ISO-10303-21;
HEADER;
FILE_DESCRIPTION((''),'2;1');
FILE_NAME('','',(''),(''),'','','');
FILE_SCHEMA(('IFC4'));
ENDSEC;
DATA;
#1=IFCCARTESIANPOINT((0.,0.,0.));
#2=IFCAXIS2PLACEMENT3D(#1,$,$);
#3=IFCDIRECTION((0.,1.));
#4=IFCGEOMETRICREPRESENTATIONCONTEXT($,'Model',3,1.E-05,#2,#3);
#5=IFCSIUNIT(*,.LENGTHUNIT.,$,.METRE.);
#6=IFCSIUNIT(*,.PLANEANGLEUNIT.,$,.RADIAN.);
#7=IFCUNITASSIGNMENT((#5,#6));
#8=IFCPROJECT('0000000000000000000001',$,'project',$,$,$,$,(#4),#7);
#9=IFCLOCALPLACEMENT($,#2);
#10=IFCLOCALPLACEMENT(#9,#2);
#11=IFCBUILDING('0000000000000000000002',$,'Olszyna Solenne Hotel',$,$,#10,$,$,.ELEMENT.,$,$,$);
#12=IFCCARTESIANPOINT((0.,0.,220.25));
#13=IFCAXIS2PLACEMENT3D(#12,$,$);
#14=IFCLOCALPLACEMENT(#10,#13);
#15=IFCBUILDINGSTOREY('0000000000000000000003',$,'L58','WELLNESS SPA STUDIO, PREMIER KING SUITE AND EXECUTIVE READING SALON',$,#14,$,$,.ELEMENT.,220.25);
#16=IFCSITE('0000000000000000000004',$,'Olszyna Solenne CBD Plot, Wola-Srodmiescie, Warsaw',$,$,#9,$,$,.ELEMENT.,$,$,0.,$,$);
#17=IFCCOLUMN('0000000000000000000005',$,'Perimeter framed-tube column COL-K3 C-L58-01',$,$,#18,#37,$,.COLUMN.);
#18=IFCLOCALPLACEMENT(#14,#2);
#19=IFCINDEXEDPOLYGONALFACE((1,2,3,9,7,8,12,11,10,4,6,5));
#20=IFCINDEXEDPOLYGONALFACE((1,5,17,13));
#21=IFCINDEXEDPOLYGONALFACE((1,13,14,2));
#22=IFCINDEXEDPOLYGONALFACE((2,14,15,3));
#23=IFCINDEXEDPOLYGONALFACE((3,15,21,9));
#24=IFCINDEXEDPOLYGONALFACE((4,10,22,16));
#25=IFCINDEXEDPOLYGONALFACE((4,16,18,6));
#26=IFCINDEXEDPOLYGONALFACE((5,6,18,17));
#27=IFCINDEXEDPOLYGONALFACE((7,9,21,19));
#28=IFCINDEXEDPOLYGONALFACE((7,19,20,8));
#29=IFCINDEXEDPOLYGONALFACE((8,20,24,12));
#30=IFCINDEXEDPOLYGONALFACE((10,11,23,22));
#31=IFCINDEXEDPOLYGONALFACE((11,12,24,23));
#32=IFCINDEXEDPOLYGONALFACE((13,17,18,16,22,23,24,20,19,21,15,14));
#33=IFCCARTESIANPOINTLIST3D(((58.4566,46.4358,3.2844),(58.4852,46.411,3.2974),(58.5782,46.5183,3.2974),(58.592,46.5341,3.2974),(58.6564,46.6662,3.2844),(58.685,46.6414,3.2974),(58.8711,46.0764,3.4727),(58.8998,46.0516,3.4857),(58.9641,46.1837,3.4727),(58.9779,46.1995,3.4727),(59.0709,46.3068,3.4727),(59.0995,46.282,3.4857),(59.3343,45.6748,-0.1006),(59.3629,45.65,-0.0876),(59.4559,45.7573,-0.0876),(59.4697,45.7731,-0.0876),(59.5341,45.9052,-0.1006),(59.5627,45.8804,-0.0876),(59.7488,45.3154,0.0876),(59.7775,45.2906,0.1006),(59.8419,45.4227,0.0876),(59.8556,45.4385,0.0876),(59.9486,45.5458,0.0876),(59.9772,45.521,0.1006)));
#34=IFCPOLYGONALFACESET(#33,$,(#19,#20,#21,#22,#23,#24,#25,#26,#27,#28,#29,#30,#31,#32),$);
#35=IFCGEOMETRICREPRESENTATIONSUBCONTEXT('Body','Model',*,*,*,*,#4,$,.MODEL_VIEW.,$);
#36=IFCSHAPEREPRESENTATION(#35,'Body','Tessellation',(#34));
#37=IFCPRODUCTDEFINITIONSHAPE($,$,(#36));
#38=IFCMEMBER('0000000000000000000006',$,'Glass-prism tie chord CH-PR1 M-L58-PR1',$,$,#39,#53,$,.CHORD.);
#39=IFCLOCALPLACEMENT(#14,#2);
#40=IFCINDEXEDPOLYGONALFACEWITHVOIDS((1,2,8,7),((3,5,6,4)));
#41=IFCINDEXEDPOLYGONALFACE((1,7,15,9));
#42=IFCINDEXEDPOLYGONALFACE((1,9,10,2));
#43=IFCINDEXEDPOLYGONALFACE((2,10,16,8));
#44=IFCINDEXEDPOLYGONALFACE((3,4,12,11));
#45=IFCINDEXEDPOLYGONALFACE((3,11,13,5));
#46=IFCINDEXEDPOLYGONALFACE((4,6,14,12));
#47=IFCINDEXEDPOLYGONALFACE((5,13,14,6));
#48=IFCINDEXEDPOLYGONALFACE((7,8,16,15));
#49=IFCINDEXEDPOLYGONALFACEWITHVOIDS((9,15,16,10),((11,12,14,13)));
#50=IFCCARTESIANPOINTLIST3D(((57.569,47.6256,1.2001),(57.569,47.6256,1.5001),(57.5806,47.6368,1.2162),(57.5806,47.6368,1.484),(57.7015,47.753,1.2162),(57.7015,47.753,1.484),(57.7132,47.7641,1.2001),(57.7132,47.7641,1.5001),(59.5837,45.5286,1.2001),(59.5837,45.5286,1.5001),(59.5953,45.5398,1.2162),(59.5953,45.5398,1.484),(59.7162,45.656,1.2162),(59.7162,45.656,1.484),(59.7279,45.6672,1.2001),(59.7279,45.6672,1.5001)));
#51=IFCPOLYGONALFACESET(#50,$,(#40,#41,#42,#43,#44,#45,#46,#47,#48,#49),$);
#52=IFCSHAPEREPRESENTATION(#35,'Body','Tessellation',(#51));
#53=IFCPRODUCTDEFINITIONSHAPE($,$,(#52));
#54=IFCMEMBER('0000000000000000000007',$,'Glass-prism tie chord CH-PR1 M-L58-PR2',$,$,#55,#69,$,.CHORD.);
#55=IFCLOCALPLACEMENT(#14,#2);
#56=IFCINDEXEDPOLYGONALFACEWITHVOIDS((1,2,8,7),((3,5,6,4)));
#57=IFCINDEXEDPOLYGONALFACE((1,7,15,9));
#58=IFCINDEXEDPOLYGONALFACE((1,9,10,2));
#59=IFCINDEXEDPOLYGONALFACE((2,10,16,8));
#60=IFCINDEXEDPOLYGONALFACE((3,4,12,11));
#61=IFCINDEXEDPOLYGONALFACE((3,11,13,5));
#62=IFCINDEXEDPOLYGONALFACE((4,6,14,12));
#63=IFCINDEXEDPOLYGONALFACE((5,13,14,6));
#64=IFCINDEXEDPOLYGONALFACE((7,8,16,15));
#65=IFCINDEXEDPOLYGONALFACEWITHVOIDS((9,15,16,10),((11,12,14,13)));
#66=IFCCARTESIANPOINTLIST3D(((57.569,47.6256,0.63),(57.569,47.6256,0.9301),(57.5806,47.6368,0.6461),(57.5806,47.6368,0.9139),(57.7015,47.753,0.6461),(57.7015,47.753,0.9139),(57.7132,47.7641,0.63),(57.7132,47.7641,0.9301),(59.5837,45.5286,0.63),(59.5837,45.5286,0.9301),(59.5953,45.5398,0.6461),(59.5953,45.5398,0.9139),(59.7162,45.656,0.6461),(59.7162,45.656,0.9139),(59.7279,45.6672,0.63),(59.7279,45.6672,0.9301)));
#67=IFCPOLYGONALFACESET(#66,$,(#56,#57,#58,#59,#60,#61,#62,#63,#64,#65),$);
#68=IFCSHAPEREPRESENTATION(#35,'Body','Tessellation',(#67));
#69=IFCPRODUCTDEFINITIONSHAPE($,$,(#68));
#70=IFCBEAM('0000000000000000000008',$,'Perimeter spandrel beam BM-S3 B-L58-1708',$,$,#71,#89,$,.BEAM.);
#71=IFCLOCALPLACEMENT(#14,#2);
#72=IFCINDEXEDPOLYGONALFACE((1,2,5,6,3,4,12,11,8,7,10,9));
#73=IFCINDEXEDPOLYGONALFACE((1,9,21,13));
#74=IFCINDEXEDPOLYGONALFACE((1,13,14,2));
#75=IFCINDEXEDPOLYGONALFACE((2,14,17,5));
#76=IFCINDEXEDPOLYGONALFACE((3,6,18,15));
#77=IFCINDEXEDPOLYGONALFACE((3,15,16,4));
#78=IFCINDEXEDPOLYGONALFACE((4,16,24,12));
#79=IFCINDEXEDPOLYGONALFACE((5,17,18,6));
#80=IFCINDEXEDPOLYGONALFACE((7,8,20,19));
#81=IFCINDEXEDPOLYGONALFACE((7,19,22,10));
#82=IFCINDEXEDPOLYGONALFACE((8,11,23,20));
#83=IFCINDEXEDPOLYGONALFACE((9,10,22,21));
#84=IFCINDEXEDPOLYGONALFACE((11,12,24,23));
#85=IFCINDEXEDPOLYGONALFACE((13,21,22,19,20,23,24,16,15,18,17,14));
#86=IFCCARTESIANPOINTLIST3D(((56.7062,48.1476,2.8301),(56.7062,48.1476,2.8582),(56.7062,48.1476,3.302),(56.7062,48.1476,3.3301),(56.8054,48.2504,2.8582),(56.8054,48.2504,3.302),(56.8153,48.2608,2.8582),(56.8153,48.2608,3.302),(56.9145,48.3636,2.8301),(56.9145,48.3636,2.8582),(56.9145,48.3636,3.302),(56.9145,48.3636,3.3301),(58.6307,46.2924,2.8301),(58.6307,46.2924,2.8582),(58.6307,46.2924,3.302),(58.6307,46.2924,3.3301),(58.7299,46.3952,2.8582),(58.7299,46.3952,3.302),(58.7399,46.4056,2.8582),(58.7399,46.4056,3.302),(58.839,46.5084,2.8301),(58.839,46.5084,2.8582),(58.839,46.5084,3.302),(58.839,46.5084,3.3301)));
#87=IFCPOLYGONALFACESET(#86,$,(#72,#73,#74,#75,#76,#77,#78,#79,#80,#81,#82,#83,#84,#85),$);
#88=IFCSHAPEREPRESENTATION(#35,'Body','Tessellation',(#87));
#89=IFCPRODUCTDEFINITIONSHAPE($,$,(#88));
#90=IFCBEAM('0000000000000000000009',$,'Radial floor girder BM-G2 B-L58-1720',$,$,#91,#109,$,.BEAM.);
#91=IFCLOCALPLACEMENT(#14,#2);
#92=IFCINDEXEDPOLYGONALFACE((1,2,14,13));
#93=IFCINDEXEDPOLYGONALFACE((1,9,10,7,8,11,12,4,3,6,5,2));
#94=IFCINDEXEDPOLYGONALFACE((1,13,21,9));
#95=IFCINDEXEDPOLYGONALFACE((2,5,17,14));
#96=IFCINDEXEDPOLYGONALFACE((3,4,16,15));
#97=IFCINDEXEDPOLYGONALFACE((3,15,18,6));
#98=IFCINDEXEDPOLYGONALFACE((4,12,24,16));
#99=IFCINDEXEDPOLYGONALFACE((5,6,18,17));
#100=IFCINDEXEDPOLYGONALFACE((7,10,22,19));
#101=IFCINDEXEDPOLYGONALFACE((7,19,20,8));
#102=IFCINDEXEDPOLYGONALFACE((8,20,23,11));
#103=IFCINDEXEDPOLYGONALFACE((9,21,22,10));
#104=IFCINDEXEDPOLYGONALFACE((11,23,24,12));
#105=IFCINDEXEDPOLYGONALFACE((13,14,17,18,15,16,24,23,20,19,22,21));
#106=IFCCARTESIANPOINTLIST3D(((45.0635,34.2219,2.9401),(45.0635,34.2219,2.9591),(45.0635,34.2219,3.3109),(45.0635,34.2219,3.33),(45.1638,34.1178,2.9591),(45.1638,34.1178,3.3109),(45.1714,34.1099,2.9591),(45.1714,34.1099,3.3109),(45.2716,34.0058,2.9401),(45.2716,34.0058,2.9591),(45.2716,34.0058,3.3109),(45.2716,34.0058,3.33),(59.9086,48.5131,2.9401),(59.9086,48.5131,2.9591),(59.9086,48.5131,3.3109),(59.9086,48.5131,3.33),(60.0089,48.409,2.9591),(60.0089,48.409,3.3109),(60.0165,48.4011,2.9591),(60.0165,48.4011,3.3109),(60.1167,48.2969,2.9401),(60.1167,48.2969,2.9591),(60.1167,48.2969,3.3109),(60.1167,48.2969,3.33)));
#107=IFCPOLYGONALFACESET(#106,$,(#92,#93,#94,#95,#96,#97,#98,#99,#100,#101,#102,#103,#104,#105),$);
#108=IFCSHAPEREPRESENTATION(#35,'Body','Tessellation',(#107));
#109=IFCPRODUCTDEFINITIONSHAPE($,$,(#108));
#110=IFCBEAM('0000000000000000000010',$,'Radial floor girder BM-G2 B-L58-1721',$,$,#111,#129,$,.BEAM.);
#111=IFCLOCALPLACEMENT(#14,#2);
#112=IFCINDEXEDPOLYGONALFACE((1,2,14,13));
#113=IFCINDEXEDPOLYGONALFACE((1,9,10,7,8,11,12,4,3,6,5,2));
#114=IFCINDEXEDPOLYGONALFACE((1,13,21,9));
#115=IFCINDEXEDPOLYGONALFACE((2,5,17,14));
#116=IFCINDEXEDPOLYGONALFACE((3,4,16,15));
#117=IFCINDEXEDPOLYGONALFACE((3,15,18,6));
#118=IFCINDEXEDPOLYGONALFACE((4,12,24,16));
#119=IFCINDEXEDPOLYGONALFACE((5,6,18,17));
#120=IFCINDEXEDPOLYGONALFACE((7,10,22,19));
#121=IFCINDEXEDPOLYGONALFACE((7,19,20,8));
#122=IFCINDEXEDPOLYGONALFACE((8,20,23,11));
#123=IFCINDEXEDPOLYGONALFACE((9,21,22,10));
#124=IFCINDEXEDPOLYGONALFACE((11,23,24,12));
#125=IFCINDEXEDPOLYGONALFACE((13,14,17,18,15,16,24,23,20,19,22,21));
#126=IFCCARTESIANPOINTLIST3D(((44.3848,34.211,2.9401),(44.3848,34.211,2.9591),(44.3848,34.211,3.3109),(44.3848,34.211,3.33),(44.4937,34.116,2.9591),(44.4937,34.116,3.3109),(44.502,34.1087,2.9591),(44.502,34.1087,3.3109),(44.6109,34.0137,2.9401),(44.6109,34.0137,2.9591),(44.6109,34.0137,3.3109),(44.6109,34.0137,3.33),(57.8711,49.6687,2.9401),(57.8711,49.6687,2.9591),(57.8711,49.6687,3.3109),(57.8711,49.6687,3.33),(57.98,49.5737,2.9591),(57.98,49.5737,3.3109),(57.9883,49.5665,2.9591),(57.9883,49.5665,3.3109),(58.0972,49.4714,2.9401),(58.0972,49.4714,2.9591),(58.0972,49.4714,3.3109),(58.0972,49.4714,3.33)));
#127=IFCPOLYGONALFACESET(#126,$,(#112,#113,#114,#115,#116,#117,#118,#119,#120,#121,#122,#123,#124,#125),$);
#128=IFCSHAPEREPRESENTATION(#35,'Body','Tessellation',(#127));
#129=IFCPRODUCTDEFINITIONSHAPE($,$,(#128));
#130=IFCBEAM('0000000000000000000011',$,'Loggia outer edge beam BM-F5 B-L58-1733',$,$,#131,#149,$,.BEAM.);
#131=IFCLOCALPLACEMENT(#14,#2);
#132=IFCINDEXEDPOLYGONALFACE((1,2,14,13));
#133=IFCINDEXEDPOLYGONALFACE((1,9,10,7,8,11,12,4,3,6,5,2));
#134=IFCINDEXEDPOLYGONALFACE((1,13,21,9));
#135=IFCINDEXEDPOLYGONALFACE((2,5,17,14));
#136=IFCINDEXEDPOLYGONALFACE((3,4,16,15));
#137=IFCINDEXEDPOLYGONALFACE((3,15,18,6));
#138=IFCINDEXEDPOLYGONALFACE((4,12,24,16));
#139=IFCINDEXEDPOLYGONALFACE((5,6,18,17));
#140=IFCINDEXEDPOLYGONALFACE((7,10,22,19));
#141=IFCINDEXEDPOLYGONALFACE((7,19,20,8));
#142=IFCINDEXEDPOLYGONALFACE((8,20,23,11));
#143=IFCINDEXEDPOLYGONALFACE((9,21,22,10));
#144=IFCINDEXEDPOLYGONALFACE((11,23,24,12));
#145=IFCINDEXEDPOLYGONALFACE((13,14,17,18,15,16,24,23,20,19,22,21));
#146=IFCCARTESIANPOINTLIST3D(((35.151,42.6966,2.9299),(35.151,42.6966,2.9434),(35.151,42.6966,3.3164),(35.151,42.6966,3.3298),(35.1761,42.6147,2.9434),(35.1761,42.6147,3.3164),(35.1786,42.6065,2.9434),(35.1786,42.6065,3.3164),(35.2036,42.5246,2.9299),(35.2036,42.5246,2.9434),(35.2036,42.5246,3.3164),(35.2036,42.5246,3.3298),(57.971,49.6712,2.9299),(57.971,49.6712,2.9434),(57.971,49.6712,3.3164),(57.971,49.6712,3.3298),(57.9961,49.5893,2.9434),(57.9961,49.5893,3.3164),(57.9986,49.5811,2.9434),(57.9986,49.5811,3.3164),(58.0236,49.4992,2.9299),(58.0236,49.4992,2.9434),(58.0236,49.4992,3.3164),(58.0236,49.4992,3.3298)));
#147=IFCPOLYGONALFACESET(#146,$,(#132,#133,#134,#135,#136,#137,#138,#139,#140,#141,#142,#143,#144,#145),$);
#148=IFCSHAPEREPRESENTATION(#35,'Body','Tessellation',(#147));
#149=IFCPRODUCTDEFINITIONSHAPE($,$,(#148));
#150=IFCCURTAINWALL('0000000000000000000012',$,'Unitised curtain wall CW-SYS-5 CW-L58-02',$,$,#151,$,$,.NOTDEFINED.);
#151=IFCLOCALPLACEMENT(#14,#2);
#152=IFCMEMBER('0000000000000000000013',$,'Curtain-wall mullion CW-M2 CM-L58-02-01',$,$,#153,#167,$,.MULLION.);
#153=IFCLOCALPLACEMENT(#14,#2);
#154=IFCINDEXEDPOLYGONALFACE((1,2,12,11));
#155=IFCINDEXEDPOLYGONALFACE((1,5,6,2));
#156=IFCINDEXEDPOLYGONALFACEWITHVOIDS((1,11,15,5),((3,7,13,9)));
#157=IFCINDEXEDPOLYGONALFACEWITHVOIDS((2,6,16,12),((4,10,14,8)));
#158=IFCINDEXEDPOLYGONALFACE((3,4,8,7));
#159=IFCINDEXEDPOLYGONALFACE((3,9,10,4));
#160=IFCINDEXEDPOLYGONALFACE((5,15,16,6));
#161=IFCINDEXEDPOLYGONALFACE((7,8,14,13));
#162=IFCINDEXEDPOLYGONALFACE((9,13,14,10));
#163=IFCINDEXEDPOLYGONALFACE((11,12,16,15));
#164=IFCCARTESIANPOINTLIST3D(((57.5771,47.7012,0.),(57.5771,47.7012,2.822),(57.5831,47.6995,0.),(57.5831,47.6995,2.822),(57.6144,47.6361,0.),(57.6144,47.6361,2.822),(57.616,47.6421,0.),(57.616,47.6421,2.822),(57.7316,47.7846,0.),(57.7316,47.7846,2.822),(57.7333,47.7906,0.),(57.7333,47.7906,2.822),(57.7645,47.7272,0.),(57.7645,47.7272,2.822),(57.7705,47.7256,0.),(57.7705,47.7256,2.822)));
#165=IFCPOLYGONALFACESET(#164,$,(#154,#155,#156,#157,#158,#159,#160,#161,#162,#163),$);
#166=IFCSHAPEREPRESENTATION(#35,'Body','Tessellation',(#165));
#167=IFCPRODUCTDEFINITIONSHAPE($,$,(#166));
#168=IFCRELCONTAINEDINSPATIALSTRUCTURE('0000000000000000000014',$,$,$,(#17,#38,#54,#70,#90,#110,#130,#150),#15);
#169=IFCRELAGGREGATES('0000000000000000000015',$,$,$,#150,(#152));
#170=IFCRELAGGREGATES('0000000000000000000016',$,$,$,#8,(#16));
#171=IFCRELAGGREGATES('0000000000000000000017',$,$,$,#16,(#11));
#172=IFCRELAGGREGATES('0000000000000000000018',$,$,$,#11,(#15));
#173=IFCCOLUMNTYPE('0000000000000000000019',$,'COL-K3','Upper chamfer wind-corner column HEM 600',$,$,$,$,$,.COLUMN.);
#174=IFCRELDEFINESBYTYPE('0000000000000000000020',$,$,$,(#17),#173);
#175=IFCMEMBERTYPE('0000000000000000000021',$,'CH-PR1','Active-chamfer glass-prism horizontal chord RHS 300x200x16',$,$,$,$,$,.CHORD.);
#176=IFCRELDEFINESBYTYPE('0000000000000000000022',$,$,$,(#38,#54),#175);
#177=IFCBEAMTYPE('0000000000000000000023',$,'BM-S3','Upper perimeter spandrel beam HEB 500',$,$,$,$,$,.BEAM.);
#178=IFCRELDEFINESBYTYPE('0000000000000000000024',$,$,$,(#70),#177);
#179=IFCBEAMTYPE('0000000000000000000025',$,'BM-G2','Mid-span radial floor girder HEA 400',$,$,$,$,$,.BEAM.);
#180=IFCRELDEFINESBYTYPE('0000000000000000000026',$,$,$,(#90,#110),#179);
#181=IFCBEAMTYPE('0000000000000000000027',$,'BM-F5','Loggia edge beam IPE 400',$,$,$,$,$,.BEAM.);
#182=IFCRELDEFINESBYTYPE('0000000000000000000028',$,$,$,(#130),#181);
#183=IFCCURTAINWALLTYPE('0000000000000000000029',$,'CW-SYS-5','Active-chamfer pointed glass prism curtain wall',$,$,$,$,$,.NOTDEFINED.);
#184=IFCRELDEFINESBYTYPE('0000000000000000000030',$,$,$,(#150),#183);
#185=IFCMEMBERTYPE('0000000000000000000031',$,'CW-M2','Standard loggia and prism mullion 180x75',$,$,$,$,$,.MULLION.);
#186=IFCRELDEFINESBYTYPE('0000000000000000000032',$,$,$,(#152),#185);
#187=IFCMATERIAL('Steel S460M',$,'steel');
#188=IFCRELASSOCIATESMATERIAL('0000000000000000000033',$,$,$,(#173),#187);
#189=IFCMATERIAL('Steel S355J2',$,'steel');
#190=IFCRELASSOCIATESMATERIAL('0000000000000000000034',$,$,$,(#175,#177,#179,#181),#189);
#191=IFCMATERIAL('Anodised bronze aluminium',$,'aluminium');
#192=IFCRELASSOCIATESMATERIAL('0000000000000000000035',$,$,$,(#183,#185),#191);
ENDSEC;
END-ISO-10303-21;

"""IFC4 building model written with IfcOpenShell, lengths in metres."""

from ifc_helpers import new_model, si_unit, direction, frame, origin, origin_2d, place, context, subcontext, project, spatial, hollow_rectangle, i_section, extrude, source, transform, mapped, material, material_profile, profile_set, type_object, element, aggregate, save


model = new_model("IFC4")

# Units and contexts
model_context = context("Model", 3, precision=1e-05, world=origin(), true_north=direction((0.0, 1.0)))
body_context = subcontext(model_context, "Body", "Model", "MODEL_VIEW")
ifc_project = project(units=[si_unit("LENGTHUNIT", "METRE"), si_unit("PLANEANGLEUNIT", "RADIAN")], contexts=[model_context])

# Site, building, storey
site_placement = place(None, origin())
site = spatial("IfcSite", under=ifc_project, at=site_placement, Name="Olszyna Solenne CBD Plot, Wola-Srodmiescie, Warsaw", CompositionType="ELEMENT", RefElevation=0.0)
building_placement = place(site_placement, origin())
building = spatial("IfcBuilding", under=site, at=building_placement, Name="Olszyna Solenne Hotel", CompositionType="ELEMENT")
storey_placement = place(building_placement, frame((0.0, 0.0, 220.25)))
storey = spatial("IfcBuildingStorey", under=building, at=storey_placement, Name="L58", Description="WELLNESS SPA STUDIO, PREMIER KING SUITE AND EXECUTIVE READING SALON", CompositionType="ELEMENT", Elevation=220.25)

# Column
ifc_material_1 = material(Name="Steel S460M", Category="steel")
ifc_material_profile_1 = material_profile(ifc_material_1, i_section(OverallWidth=0.3049, OverallDepth=0.6201, WebThickness=0.021, FlangeThickness=0.04, at=origin_2d()), Name="HEM 600", Category="load-bearing")
ifc_profile_set_1 = profile_set([ifc_material_profile_1], Name="Steel S460M")
column_type = type_object("IfcColumnType", Name="COL-K3", Description="Upper chamfer wind-corner column HEM 600", PredefinedType="COLUMN", material=ifc_profile_set_1)
shared_shape_1 = source(origin(), body_context, "Body", "SweptSolid", [
    extrude(i_section(OverallWidth=0.3049, OverallDepth=0.6201, WebThickness=0.021, FlangeThickness=0.04, at=origin_2d()), origin(), (0.0, 0.0, 1.0), 3.5789),
])
column_placement = place(storey_placement, frame((59.6558, 45.5979, 0.0), z_axis=(-0.245247, 0.212638, 0.945854), x_axis=(-0.655091, -0.75555, 0.0)))
element("IfcColumn", 1, at=column_placement, inside=storey, type_object=column_type, Name="Perimeter framed-tube column COL-K3 C-L58-01", PredefinedType="COLUMN", context=body_context, shape_type="MappedRepresentation", body=[
    mapped(shared_shape_1, transform((0.0, 0.0, 0.0), x_axis=(1.0, 0.0, 0.0), y_axis=(0.0, 1.0, 0.0), z_axis=(0.0, 0.0, 1.0), scale=1.0)),
])

# Members
ifc_material_2 = material(Name="Steel S355J2", Category="steel")
ifc_material_profile_2 = material_profile(ifc_material_2, hollow_rectangle(XDim=0.2, YDim=0.3, WallThickness=0.0161, at=origin_2d()), Name="RHS 300x200x16", Category="load-bearing")
ifc_profile_set_2 = profile_set([ifc_material_profile_2], Name="Steel S355J2")
member_type_1 = type_object("IfcMemberType", Name="CH-PR1", Description="Active-chamfer glass-prism horizontal chord RHS 300x200x16", PredefinedType="CHORD", material=ifc_profile_set_2)
shared_shape_2 = source(origin(), body_context, "Body", "SweptSolid", [
    extrude(hollow_rectangle(XDim=0.2, YDim=0.3, WallThickness=0.0161, at=origin_2d()), origin(), (0.0, 0.0, 1.0), 2.908),
])
for number, where, z_axis, x_axis, name in (
    (2, (59.6558, 45.5979, 1.3501), (-0.692818, 0.721112, 0.0), (-0.721112, -0.692818, 0.0), "Glass-prism tie chord CH-PR1 M-L58-PR1"),
    (3, (59.6558, 45.5979, 0.78), (-0.692818, 0.721112, 0.0), (-0.721112, -0.692818, 0.0), "Glass-prism tie chord CH-PR1 M-L58-PR2"),
):
    element("IfcMember", number, at=place(storey_placement, frame(where, z_axis=z_axis, x_axis=x_axis)), inside=storey, type_object=member_type_1, Name=name, PredefinedType="CHORD", context=body_context, shape_type="MappedRepresentation", body=[
        mapped(shared_shape_2, transform((0.0, 0.0, 0.0), x_axis=(1.0, 0.0, 0.0), y_axis=(0.0, 1.0, 0.0), z_axis=(0.0, 0.0, 1.0), scale=1.0)),
    ])

# Beams
ifc_material_profile_3 = material_profile(ifc_material_2, i_section(OverallWidth=0.3, OverallDepth=0.5, WebThickness=0.0144, FlangeThickness=0.0281, at=origin_2d()), Name="HEB 500", Category="load-bearing")
ifc_profile_set_3 = profile_set([ifc_material_profile_3], Name="Steel S355J2")
beam_type_1 = type_object("IfcBeamType", Name="BM-S3", Description="Upper perimeter spandrel beam HEB 500", PredefinedType="BEAM", material=ifc_profile_set_3)
shared_shape_3 = source(origin(), body_context, "Body", "SweptSolid", [
    extrude(i_section(OverallWidth=0.3, OverallDepth=0.5, WebThickness=0.0144, FlangeThickness=0.0281, at=origin_2d()), origin(), (0.0, 0.0, 1.0), 2.6731),
])
beam_1_placement = place(storey_placement, frame((58.7349, 46.4004, 3.0801), z_axis=(-0.719957, 0.694019, 0.0), x_axis=(-0.694019, -0.719957, 0.0)))
element("IfcBeam", 4, at=beam_1_placement, inside=storey, type_object=beam_type_1, Name="Perimeter spandrel beam BM-S3 B-L58-1708", PredefinedType="BEAM", context=body_context, shape_type="MappedRepresentation", body=[
    mapped(shared_shape_3, transform((0.0, 0.0, 0.0), x_axis=(1.0, 0.0, 0.0), y_axis=(0.0, 1.0, 0.0), z_axis=(0.0, 0.0, 1.0), scale=1.0)),
])
ifc_material_profile_4 = material_profile(ifc_material_2, i_section(OverallWidth=0.3, OverallDepth=0.3899, WebThickness=0.011, FlangeThickness=0.019, at=origin_2d()), Name="HEA 400", Category="load-bearing")
ifc_profile_set_4 = profile_set([ifc_material_profile_4], Name="Steel S355J2")
beam_type_2 = type_object("IfcBeamType", Name="BM-G2", Description="Mid-span radial floor girder HEA 400", PredefinedType="BEAM", material=ifc_profile_set_4)
shared_shape_4 = source(origin(), body_context, "Body", "SweptSolid", [
    extrude(i_section(OverallWidth=0.3, OverallDepth=0.3899, WebThickness=0.011, FlangeThickness=0.019, at=origin_2d()), origin(), (0.0, 0.0, 1.0), 20.6062),
])
beam_2_placement = place(storey_placement, frame((60.0127, 48.405, 3.135), z_axis=(-0.72042, -0.693538, 0.0), x_axis=(0.693538, -0.72042, 0.0)))
element("IfcBeam", 5, at=beam_2_placement, inside=storey, type_object=beam_type_2, Name="Radial floor girder BM-G2 B-L58-1720", PredefinedType="BEAM", context=body_context, shape_type="MappedRepresentation", body=[
    mapped(shared_shape_4, transform((0.0, 0.0, 0.0), x_axis=(1.0, 0.0, 0.0), y_axis=(0.0, 1.0, 0.0), z_axis=(0.0, 0.0, 1.0), scale=1.0)),
])
shared_shape_5 = source(origin(), body_context, "Body", "SweptSolid", [
    extrude(i_section(OverallWidth=0.3, OverallDepth=0.3899, WebThickness=0.011, FlangeThickness=0.019, at=origin_2d()), origin(), (0.0, 0.0, 1.0), 20.5139),
])
beam_3_placement = place(storey_placement, frame((57.9841, 49.5701, 3.135), z_axis=(-0.657421, -0.753523, 0.0), x_axis=(0.753523, -0.657421, 0.0)))
element("IfcBeam", 6, at=beam_3_placement, inside=storey, type_object=beam_type_2, Name="Radial floor girder BM-G2 B-L58-1721", PredefinedType="BEAM", context=body_context, shape_type="MappedRepresentation", body=[
    mapped(shared_shape_5, transform((0.0, 0.0, 0.0), x_axis=(1.0, 0.0, 0.0), y_axis=(0.0, 1.0, 0.0), z_axis=(0.0, 0.0, 1.0), scale=1.0)),
])
ifc_material_profile_5 = material_profile(ifc_material_2, i_section(OverallWidth=0.1799, OverallDepth=0.3999, WebThickness=0.0085, FlangeThickness=0.0134, at=origin_2d()), Name="IPE 400", Category="load-bearing")
ifc_profile_set_5 = profile_set([ifc_material_profile_5], Name="Steel S355J2")
beam_type_3 = type_object("IfcBeamType", Name="BM-F5", Description="Loggia edge beam IPE 400", PredefinedType="BEAM", material=ifc_profile_set_5)
shared_shape_6 = source(origin(), body_context, "Body", "SweptSolid", [
    extrude(i_section(OverallWidth=0.1799, OverallDepth=0.3999, WebThickness=0.0085, FlangeThickness=0.0134, at=origin_2d()), origin(), (0.0, 0.0, 1.0), 23.8621),
])
beam_4_placement = place(storey_placement, frame((57.9973, 49.5852, 3.1299), z_axis=(-0.95633, -0.292288, 0.0), x_axis=(0.292288, -0.95633, 0.0)))
element("IfcBeam", 7, at=beam_4_placement, inside=storey, type_object=beam_type_3, Name="Loggia outer edge beam BM-F5 B-L58-1733", PredefinedType="BEAM", context=body_context, shape_type="MappedRepresentation", body=[
    mapped(shared_shape_6, transform((0.0, 0.0, 0.0), x_axis=(1.0, 0.0, 0.0), y_axis=(0.0, 1.0, 0.0), z_axis=(0.0, 0.0, 1.0), scale=1.0)),
])

# Curtain wall, member
ifc_material_3 = material(Name="Anodised bronze aluminium", Category="aluminium")
curtain_wall_type = type_object("IfcCurtainWallType", Name="CW-SYS-5", Description="Active-chamfer pointed glass prism curtain wall", PredefinedType="NOTDEFINED", material=ifc_material_3)
curtain_wall_1_placement = place(storey_placement, origin())
curtain_wall_1 = element("IfcCurtainWall", 8, at=curtain_wall_1_placement, inside=storey, type_object=curtain_wall_type, Name="Unitised curtain wall CW-SYS-5 CW-L58-02", PredefinedType="NOTDEFINED")
ifc_material_profile_6 = material_profile(ifc_material_3, hollow_rectangle(XDim=0.075, YDim=0.1799, WallThickness=0.0044, at=origin_2d()), Name="MULL 180x75x4.5", Category="load-bearing")
ifc_profile_set_6 = profile_set([ifc_material_profile_6], Name="Anodised bronze aluminium")
member_type_2 = type_object("IfcMemberType", Name="CW-M2", Description="Standard loggia and prism mullion 180x75", PredefinedType="MULLION", material=ifc_profile_set_6)
shared_shape_7 = source(origin(), body_context, "Body", "SweptSolid", [
    extrude(hollow_rectangle(XDim=0.075, YDim=0.1799, WallThickness=0.0044, at=origin_2d()), origin(), (0.0, 0.0, 1.0), 2.822),
])
member_1_placement = place(storey_placement, frame((57.6738, 47.7134, 0.0), z_axis=(0.0, 0.0, 1.0), x_axis=(-0.497059, 0.867717, 0.0)))
member_1 = element("IfcMember", 9, at=member_1_placement, type_object=member_type_2, Name="Curtain-wall mullion CW-M2 CM-L58-02-01", PredefinedType="MULLION", context=body_context, shape_type="MappedRepresentation", body=[
    mapped(shared_shape_7, transform((0.0, 0.0, 0.0), x_axis=(1.0, 0.0, 0.0), y_axis=(0.0, 1.0, 0.0), z_axis=(0.0, 0.0, 1.0), scale=1.0)),
])

aggregate(curtain_wall_1, [member_1])

save(model, "model.ifc")
